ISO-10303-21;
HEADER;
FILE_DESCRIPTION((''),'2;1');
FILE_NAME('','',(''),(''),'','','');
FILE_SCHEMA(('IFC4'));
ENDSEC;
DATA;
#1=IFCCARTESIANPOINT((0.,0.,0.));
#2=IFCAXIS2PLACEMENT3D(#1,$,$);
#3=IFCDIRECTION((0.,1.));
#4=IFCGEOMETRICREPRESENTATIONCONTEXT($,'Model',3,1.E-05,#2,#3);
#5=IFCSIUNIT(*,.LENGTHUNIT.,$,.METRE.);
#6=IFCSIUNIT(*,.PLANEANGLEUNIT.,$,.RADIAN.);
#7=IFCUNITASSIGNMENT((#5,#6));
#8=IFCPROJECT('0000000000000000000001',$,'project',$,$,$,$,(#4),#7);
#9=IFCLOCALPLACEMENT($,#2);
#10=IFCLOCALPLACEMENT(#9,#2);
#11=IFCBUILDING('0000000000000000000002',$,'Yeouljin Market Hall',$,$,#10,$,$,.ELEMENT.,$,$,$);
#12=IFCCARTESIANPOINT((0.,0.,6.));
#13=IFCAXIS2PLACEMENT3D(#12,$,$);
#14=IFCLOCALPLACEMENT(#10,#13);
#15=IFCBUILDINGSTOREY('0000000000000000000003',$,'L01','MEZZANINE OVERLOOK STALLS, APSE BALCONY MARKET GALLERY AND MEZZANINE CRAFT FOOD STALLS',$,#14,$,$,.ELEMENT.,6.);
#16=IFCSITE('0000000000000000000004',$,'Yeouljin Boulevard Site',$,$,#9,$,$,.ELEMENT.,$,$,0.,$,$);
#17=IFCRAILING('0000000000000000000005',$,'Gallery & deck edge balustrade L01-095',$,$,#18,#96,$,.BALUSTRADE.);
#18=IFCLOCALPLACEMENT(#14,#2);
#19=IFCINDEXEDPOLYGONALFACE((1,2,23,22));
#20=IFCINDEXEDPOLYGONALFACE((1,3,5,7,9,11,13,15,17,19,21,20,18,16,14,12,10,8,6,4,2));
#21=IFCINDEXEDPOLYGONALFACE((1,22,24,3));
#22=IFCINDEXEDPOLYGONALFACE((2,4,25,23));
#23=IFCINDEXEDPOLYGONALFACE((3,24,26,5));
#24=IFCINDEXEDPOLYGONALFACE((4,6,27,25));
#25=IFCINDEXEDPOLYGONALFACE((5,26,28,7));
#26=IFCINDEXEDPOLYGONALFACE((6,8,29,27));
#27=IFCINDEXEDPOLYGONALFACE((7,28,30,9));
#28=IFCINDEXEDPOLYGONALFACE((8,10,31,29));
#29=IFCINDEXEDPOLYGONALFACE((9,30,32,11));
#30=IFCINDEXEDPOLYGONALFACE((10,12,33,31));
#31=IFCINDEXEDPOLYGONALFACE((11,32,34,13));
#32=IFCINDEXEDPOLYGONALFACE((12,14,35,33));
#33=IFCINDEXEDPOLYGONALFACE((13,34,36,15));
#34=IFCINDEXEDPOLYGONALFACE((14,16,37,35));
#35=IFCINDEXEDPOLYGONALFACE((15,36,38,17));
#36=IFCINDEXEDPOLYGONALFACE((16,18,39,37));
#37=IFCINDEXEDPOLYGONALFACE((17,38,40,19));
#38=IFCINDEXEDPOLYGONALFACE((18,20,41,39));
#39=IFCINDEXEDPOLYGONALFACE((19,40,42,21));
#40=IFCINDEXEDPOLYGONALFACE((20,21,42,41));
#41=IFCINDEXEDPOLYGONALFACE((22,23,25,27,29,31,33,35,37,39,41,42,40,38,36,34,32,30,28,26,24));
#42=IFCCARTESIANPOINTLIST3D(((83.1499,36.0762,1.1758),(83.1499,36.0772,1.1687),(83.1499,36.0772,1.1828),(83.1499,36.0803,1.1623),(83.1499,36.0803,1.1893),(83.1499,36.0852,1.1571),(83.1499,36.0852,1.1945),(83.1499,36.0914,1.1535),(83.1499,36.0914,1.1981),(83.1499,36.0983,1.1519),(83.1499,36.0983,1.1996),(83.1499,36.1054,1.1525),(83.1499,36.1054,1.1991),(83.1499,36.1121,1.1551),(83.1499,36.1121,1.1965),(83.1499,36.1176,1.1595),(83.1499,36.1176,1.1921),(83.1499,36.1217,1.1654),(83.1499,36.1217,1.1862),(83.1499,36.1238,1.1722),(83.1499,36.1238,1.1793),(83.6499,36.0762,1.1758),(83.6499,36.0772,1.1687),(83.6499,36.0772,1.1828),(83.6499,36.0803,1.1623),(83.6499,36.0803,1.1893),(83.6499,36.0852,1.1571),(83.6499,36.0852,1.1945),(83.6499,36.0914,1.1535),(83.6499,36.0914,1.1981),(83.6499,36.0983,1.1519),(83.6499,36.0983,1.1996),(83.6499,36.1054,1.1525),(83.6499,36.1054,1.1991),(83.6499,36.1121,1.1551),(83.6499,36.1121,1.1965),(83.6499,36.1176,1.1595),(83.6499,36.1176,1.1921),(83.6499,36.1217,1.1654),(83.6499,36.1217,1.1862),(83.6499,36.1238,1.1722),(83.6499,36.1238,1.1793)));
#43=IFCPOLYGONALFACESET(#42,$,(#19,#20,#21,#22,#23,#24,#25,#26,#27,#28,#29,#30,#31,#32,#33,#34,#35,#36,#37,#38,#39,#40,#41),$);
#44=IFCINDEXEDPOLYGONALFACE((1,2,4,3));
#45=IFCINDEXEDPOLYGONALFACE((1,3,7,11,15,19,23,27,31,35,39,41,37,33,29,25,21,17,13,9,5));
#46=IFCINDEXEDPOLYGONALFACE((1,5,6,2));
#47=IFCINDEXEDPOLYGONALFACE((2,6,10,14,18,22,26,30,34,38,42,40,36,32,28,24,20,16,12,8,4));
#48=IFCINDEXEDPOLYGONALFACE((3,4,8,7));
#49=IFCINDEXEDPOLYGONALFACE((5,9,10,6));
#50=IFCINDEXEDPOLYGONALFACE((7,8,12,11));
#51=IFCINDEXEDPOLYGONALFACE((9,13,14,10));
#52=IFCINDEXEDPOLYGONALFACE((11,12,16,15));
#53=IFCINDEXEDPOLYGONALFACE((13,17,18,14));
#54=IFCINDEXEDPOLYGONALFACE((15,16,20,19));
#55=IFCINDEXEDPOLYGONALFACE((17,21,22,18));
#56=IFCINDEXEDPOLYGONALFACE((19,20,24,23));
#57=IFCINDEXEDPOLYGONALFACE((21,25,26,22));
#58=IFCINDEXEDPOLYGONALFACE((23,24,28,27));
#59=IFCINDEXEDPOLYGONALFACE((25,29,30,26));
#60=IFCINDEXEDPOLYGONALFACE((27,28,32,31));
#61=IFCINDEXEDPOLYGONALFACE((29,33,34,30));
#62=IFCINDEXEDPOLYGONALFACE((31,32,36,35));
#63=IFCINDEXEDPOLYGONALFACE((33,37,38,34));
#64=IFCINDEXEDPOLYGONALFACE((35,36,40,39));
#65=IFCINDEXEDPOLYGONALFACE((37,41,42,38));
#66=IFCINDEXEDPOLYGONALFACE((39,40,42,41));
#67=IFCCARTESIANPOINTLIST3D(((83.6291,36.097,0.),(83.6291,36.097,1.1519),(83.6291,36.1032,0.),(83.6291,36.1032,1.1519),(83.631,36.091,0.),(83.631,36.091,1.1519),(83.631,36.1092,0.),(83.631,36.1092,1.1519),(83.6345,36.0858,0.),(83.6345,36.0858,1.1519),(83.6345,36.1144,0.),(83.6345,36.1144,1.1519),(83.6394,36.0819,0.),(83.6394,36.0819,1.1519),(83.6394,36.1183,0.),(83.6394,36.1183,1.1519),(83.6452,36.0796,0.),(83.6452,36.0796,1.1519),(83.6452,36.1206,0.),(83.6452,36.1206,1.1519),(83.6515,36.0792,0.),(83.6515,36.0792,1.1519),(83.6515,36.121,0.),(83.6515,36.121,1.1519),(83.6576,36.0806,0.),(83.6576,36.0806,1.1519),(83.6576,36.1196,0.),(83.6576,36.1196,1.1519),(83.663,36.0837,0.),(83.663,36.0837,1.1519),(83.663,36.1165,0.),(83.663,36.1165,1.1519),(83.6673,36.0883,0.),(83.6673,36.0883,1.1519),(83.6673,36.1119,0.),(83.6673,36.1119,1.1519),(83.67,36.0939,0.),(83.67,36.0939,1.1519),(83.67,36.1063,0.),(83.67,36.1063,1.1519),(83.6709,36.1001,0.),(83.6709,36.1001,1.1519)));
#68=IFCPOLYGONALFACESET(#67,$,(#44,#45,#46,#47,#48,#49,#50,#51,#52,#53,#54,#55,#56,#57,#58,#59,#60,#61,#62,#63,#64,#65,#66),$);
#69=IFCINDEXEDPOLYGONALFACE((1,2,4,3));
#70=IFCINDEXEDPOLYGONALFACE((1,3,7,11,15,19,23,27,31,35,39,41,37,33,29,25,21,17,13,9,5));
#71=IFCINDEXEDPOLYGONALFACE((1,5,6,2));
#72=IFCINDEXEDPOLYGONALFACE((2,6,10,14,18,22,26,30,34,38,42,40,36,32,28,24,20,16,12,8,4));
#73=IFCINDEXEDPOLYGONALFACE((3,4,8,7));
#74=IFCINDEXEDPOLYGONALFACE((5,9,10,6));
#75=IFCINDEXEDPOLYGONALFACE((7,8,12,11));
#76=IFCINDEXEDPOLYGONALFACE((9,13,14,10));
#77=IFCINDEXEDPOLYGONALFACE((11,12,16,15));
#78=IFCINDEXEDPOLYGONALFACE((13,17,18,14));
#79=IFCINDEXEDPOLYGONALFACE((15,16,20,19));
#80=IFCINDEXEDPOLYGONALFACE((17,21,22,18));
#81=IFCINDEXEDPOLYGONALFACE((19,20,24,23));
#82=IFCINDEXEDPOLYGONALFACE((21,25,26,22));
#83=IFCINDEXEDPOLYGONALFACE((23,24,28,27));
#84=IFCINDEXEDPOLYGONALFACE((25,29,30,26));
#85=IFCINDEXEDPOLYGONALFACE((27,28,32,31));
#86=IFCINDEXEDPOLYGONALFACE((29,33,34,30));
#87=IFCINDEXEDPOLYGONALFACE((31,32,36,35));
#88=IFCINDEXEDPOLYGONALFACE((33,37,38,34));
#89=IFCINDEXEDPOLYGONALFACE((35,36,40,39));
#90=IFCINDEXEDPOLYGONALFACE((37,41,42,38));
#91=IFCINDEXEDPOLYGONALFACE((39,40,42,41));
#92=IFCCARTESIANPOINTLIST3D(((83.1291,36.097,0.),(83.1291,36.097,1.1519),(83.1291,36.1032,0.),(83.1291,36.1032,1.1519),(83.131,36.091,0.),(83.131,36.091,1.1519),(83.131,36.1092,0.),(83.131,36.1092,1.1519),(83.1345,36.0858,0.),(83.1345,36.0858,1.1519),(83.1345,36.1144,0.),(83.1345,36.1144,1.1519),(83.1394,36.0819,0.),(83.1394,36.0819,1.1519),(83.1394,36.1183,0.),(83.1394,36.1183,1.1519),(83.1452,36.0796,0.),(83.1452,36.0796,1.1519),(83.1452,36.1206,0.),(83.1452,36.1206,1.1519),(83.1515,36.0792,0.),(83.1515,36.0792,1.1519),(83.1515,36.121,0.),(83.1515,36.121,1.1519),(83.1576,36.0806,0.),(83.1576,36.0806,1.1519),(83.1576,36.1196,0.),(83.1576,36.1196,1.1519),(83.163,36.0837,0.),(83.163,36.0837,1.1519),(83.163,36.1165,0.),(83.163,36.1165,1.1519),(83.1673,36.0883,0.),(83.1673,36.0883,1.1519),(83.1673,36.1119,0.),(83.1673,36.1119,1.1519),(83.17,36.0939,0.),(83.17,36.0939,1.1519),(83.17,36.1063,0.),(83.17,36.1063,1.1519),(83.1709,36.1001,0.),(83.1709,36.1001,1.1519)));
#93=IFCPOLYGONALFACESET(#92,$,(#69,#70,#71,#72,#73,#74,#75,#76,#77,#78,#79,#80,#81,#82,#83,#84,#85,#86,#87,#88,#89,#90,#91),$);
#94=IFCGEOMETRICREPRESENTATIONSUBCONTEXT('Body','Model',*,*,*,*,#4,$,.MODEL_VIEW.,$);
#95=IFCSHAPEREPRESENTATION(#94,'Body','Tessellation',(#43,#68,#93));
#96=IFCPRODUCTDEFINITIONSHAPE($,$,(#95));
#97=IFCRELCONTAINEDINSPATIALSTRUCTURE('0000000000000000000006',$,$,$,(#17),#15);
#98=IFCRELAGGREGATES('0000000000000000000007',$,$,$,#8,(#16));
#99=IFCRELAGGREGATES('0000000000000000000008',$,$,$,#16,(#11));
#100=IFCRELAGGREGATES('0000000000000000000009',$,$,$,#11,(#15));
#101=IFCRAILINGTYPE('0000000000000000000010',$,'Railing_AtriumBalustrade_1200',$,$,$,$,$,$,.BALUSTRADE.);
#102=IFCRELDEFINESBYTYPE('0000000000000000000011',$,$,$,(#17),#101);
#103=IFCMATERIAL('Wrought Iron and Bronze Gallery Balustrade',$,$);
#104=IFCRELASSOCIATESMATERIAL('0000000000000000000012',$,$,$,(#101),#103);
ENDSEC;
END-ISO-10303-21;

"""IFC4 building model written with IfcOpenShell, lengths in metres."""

from ifc_helpers import new_model, si_unit, direction, frame, origin, origin_2d, place, context, subcontext, project, spatial, circle, extrude, material, type_object, element, save


model = new_model("IFC4")

# Units and contexts
model_context = context("Model", 3, precision=1e-05, world=origin(), true_north=direction((0.0, 1.0)))
body_context = subcontext(model_context, "Body", "Model", "MODEL_VIEW")
ifc_project = project(units=[si_unit("LENGTHUNIT", "METRE"), si_unit("PLANEANGLEUNIT", "RADIAN")], contexts=[model_context])

# Site, building, storey
site_placement = place(None, origin())
site = spatial("IfcSite", under=ifc_project, at=site_placement, Name="Yeouljin Boulevard Site", CompositionType="ELEMENT", RefElevation=0.0)
building_placement = place(site_placement, origin())
building = spatial("IfcBuilding", under=site, at=building_placement, Name="Yeouljin Market Hall", CompositionType="ELEMENT")
storey_placement = place(building_placement, frame((0.0, 0.0, 6.0)))
storey = spatial("IfcBuildingStorey", under=building, at=storey_placement, Name="L01", Description="MEZZANINE OVERLOOK STALLS, APSE BALCONY MARKET GALLERY AND MEZZANINE CRAFT FOOD STALLS", CompositionType="ELEMENT", Elevation=6.0)

# Railing
ifc_material_1 = material(Name="Wrought Iron and Bronze Gallery Balustrade")
railing_type = type_object("IfcRailingType", Name="Railing_AtriumBalustrade_1200", PredefinedType="BALUSTRADE", material=ifc_material_1)
railing_placement = place(storey_placement, frame((83.6499, 36.1001, 0.0)))
element("IfcRailing", 1, at=railing_placement, inside=storey, type_object=railing_type, Name="Gallery & deck edge balustrade L01-095", PredefinedType="BALUSTRADE", context=body_context, shape_type="SweptSolid", body=[
    extrude(circle(Radius=0.0239, at=origin_2d()), frame((0.0, 0.0, 1.1758), z_axis=(-1.0, 0.0, 0.0), x_axis=(0.0, -1.0, 0.0)), (0.0, 0.0, 1.0), 0.5),
    extrude(circle(Radius=0.021, at=origin_2d()), origin(), (0.0, 0.0, 1.0), 1.1519),
    extrude(circle(Radius=0.021, at=origin_2d()), frame((-0.5, 0.0, 0.0)), (0.0, 0.0, 1.0), 1.1519),
])

save(model, "model.ifc")
